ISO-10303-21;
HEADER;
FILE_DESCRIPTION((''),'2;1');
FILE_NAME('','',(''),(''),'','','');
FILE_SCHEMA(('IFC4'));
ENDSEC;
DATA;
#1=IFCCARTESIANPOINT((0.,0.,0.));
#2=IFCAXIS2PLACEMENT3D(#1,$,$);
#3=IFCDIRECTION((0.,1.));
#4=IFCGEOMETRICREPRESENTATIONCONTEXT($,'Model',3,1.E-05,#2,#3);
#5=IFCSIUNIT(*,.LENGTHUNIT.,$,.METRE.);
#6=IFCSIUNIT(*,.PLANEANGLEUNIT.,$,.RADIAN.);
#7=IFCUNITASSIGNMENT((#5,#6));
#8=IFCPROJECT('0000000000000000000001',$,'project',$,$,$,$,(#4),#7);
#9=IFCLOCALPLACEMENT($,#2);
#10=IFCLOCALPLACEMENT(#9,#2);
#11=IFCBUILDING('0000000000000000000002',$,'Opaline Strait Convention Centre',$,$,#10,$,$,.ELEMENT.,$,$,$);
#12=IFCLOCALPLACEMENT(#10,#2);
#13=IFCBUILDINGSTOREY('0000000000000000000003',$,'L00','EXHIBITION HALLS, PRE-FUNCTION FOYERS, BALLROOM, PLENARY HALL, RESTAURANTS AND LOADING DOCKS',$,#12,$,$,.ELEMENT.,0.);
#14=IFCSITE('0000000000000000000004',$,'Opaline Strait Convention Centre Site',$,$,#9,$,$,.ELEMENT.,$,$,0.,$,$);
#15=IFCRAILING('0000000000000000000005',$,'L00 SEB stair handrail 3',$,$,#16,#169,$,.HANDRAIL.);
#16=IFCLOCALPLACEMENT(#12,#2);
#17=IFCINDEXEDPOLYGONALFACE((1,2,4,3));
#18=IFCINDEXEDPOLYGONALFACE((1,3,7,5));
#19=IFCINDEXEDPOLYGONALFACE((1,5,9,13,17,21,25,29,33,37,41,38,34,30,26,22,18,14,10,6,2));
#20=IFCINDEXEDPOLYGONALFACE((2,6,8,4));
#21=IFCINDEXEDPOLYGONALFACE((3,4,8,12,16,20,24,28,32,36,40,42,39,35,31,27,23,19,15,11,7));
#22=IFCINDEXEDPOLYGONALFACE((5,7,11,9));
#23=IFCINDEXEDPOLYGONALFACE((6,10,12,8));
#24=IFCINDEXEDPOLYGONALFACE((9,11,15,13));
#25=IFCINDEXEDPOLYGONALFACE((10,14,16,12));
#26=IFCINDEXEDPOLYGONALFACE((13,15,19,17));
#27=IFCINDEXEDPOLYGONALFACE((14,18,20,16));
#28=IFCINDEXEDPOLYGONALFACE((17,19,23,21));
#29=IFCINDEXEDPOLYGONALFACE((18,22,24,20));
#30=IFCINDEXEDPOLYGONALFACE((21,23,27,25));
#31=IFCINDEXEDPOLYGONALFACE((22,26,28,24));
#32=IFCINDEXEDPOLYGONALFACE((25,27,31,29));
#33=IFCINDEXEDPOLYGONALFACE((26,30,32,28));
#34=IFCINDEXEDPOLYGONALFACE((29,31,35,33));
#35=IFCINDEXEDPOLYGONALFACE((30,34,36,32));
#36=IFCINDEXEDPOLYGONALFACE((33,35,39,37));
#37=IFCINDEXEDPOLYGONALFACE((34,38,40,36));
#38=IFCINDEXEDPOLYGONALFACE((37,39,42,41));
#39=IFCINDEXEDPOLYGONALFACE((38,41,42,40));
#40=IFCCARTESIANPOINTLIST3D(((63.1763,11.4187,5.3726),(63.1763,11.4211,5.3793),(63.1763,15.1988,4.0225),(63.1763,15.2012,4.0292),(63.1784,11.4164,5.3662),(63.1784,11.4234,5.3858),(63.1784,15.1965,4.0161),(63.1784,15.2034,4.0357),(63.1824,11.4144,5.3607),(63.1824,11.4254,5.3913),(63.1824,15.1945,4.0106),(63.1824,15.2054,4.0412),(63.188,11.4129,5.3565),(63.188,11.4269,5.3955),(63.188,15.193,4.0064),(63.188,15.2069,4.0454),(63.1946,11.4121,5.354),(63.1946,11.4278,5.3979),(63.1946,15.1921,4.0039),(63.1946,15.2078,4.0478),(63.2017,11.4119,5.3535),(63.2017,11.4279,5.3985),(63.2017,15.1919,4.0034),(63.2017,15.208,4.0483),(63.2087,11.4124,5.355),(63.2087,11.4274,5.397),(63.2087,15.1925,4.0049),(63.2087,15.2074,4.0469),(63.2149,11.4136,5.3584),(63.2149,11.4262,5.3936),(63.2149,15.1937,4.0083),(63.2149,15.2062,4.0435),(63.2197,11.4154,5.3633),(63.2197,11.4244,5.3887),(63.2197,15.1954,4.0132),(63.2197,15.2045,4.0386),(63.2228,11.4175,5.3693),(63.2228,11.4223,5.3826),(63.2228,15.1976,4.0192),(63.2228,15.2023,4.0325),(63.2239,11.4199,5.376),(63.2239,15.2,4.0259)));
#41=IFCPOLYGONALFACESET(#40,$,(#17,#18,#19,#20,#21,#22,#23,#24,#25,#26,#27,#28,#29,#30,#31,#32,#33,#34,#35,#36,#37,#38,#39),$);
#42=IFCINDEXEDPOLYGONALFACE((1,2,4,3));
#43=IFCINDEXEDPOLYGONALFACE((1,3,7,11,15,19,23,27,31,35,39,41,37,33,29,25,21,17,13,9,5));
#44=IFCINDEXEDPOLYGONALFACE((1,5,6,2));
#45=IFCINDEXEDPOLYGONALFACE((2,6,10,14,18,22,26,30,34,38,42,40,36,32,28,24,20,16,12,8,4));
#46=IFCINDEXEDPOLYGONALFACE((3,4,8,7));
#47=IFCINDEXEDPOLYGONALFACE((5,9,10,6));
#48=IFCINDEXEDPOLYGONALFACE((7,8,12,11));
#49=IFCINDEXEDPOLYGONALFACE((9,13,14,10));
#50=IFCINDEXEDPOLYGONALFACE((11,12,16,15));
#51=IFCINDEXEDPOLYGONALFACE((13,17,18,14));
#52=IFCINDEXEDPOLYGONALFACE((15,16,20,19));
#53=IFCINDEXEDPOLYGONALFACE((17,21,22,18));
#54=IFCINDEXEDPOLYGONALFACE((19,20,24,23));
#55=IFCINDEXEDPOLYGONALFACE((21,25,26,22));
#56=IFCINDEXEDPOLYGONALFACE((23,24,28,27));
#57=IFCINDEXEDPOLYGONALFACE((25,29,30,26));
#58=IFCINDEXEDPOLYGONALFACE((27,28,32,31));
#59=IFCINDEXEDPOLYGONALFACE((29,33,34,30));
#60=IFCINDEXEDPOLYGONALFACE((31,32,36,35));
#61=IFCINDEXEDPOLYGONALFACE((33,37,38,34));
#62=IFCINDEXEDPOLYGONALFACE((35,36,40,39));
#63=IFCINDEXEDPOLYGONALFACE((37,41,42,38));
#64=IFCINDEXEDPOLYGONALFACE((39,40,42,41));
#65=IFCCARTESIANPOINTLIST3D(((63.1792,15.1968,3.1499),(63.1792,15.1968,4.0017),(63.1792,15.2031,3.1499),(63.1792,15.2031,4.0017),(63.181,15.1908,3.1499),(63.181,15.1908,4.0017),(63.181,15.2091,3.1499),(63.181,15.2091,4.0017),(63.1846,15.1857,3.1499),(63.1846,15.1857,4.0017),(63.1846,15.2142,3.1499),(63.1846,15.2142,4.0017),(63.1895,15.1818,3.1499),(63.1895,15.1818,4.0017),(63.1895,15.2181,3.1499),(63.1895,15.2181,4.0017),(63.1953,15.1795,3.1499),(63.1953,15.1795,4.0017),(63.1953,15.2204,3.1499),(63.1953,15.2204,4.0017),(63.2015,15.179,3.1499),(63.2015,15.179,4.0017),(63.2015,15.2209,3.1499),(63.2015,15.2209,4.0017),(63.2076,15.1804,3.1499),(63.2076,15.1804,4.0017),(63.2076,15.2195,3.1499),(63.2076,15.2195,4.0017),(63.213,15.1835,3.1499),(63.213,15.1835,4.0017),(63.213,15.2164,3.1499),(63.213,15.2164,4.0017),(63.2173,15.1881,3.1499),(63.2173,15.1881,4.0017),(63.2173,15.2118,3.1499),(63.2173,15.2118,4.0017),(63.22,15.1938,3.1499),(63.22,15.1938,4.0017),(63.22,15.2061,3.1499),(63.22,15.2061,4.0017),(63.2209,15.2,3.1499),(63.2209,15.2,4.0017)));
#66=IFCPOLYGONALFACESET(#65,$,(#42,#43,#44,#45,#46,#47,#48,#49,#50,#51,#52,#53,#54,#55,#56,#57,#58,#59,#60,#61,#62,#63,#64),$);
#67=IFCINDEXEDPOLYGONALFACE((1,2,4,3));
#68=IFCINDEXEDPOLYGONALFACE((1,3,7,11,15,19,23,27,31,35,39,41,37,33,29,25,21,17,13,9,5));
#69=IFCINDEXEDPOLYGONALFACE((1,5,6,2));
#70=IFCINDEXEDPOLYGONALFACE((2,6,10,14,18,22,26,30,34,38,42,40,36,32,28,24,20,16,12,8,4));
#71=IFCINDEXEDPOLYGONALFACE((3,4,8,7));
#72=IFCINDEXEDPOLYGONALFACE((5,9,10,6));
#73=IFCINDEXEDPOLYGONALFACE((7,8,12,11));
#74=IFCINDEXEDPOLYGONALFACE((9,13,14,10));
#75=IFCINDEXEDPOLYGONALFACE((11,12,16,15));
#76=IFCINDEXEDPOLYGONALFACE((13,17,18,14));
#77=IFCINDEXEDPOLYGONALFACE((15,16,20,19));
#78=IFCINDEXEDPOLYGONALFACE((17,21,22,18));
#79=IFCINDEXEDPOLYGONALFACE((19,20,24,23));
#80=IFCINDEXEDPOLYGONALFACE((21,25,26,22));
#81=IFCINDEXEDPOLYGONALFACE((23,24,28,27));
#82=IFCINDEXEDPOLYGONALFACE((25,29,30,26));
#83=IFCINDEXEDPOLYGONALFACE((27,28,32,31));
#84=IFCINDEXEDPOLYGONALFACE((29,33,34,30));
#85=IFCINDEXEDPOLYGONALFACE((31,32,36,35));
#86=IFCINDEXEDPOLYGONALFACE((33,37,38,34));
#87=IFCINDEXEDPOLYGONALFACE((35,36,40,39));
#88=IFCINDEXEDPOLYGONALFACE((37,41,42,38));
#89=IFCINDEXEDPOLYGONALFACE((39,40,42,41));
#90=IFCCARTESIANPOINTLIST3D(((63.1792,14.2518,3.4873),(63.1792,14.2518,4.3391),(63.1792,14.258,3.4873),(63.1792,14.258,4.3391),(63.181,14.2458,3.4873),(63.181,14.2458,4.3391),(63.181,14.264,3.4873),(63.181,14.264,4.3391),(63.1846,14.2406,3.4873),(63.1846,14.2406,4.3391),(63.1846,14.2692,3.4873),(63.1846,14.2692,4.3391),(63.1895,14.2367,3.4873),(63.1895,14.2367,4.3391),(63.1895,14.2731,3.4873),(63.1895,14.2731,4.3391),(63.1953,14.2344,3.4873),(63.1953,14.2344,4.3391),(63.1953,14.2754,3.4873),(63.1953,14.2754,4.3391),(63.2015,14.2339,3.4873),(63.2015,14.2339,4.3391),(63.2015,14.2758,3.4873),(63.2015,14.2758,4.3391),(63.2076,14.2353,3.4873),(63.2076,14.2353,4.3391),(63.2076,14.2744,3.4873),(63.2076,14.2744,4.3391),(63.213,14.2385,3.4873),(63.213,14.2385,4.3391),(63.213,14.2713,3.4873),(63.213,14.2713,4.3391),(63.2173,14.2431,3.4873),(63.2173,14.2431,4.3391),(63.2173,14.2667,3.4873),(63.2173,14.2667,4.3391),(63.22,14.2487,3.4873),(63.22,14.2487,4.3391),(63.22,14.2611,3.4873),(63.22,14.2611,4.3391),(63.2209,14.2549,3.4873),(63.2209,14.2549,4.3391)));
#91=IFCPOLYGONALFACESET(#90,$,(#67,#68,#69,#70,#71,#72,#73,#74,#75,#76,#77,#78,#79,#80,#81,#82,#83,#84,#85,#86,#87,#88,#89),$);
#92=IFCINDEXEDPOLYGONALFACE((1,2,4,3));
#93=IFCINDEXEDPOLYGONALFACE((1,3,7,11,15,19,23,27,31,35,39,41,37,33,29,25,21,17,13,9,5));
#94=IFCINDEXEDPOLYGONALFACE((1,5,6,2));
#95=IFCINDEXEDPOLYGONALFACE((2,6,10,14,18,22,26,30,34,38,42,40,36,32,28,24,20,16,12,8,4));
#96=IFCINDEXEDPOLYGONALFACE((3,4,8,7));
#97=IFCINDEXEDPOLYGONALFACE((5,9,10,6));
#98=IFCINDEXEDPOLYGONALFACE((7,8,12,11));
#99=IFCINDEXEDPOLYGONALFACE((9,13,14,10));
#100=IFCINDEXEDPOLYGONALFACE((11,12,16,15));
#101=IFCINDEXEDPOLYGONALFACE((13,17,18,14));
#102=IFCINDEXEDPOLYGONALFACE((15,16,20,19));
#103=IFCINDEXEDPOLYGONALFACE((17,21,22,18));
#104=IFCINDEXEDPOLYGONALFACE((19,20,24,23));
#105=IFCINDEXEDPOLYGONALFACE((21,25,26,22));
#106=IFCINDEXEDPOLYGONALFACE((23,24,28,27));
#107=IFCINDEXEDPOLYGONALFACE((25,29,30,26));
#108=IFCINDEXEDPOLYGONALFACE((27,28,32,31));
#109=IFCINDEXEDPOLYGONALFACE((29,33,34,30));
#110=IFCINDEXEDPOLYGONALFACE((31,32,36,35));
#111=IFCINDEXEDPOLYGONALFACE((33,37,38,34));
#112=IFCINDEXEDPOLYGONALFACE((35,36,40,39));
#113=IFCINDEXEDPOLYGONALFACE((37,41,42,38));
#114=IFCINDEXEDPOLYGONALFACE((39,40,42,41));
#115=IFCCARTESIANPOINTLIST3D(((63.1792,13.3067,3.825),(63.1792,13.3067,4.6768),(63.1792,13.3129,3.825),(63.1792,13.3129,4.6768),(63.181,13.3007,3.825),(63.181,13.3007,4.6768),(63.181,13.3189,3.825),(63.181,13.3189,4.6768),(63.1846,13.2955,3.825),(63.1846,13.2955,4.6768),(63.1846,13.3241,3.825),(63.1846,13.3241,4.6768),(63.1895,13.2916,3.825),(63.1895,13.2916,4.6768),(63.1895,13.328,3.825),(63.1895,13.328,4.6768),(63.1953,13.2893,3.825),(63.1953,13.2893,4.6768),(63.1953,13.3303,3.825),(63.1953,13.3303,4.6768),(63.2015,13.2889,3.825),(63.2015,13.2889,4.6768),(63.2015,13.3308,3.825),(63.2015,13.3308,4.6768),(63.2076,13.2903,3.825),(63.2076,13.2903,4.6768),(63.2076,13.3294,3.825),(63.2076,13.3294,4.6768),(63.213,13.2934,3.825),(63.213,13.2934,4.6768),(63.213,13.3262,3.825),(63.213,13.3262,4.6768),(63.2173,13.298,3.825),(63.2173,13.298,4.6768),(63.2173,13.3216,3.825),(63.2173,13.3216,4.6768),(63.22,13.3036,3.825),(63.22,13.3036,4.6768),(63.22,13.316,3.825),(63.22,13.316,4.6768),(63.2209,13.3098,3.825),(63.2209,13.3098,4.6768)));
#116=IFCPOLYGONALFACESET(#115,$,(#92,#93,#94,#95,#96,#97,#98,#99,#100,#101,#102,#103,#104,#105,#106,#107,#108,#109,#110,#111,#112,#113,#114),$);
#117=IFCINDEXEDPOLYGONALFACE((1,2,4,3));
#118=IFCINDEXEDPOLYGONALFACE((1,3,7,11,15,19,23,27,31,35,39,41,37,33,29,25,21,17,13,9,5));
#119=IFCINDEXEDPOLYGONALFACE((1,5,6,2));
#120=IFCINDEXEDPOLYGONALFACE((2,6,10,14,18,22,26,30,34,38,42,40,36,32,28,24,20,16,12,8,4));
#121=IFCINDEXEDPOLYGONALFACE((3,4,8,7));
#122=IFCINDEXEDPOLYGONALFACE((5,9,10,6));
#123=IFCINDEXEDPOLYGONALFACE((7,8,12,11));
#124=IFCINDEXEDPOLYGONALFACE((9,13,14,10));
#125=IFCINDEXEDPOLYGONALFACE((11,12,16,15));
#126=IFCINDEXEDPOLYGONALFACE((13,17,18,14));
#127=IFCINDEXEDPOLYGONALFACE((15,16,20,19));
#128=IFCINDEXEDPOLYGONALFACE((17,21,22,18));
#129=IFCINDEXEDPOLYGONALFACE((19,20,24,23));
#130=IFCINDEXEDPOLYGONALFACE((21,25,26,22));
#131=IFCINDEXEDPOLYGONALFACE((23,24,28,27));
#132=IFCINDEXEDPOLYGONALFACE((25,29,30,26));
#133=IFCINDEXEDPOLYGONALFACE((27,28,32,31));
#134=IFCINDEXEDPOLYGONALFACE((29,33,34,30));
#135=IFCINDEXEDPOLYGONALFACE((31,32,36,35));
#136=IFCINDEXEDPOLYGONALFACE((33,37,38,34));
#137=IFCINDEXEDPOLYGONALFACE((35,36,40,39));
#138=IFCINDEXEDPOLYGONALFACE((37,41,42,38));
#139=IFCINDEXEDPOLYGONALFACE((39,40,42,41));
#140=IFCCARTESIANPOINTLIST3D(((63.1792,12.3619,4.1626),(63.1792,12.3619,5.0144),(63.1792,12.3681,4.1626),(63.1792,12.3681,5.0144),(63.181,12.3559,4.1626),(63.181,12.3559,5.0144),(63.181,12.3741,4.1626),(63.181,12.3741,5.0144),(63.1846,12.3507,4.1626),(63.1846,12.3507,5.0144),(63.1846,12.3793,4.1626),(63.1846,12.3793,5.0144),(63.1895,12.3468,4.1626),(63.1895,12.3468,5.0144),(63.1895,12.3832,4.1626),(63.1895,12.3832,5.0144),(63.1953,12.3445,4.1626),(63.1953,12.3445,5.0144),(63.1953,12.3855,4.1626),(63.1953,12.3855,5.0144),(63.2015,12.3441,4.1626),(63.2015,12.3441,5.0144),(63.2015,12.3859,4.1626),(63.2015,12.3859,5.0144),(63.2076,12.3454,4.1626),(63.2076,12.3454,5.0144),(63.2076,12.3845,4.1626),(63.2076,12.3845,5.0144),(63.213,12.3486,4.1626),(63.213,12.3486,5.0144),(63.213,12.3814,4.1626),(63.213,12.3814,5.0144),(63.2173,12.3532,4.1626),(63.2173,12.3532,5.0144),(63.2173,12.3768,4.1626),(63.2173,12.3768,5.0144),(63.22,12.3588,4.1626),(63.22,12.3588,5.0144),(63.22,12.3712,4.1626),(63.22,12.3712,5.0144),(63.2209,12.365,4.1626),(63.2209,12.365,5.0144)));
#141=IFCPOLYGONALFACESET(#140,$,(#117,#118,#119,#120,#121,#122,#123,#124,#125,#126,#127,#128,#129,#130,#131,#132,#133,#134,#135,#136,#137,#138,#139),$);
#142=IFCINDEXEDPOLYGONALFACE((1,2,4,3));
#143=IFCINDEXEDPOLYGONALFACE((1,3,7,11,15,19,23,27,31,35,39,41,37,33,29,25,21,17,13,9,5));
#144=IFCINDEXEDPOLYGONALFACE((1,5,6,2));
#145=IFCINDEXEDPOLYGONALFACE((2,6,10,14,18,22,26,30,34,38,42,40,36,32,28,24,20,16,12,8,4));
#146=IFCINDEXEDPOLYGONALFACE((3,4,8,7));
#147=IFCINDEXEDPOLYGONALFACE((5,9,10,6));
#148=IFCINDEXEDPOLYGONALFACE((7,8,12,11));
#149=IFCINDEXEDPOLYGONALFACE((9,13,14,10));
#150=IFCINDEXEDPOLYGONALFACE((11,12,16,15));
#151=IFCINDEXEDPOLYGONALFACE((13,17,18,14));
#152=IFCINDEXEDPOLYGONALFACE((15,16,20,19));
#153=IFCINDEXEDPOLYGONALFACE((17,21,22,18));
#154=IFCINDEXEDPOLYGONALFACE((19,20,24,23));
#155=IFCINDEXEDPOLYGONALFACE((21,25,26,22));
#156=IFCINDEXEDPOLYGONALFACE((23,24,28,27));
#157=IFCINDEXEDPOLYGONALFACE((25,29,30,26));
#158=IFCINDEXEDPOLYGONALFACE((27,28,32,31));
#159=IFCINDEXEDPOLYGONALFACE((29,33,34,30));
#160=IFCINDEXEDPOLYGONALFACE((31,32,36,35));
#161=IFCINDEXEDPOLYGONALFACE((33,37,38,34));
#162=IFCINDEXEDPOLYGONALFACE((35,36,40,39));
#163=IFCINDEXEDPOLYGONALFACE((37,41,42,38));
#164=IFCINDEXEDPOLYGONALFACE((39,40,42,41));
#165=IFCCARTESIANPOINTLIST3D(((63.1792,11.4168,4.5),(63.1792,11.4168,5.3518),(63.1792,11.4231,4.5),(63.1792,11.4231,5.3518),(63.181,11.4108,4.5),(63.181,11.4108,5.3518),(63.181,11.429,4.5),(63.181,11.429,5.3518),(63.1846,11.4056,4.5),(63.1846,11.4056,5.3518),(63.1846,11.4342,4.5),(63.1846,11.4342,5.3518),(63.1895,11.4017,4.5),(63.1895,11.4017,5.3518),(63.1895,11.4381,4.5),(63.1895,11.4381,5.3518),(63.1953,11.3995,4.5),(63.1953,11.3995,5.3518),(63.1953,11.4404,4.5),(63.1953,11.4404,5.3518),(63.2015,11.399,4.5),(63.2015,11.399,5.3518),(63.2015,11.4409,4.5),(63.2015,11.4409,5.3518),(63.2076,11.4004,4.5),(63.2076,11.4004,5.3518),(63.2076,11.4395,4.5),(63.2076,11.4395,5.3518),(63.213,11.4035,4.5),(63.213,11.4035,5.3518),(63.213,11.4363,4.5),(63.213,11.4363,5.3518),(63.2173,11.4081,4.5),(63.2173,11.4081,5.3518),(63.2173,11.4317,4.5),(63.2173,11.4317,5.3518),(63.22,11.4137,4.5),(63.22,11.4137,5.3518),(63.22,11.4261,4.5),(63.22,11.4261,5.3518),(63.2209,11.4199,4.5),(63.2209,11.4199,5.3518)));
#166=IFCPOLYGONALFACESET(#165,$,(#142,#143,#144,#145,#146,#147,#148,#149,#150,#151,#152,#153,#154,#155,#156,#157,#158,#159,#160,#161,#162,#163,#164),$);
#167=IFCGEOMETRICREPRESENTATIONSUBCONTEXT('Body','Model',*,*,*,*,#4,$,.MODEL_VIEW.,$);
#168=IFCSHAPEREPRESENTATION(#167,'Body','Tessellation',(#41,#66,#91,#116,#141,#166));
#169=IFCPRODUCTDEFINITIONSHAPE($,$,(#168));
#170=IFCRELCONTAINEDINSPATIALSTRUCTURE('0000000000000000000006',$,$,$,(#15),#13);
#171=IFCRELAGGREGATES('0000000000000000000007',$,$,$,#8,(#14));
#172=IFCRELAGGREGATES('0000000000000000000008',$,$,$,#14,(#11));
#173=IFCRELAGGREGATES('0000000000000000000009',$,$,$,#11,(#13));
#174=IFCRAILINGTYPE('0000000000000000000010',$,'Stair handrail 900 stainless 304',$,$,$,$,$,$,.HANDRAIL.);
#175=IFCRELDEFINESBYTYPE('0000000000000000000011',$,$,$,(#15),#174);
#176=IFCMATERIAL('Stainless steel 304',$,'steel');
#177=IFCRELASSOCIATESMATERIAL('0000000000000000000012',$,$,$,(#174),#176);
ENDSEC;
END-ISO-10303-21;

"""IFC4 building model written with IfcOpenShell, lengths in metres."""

from ifc_helpers import new_model, si_unit, direction, frame, origin, origin_2d, place, context, subcontext, project, spatial, circle, extrude, material, type_object, element, save


model = new_model("IFC4")

# Units and contexts
model_context = context("Model", 3, precision=1e-05, world=origin(), true_north=direction((0.0, 1.0)))
body_context = subcontext(model_context, "Body", "Model", "MODEL_VIEW")
ifc_project = project(units=[si_unit("LENGTHUNIT", "METRE"), si_unit("PLANEANGLEUNIT", "RADIAN")], contexts=[model_context])

# Site, building, storey
site_placement = place(None, origin())
site = spatial("IfcSite", under=ifc_project, at=site_placement, Name="Opaline Strait Convention Centre Site", CompositionType="ELEMENT", RefElevation=0.0)
building_placement = place(site_placement, origin())
building = spatial("IfcBuilding", under=site, at=building_placement, Name="Opaline Strait Convention Centre", CompositionType="ELEMENT")
storey_placement = place(building_placement, origin())
storey = spatial("IfcBuildingStorey", under=building, at=storey_placement, Name="L00", Description="EXHIBITION HALLS, PRE-FUNCTION FOYERS, BALLROOM, PLENARY HALL, RESTAURANTS AND LOADING DOCKS", CompositionType="ELEMENT", Elevation=0.0)

# Railing
ifc_material_1 = material(Name="Stainless steel 304", Category="steel")
railing_type_1 = type_object("IfcRailingType", Name="Stair handrail 900 stainless 304", PredefinedType="HANDRAIL", material=ifc_material_1)
railing_1_placement = place(storey_placement, frame((63.2, 15.2, 3.1499)))
element("IfcRailing", 1, at=railing_1_placement, inside=storey, type_object=railing_type_1, Name="L00 SEB stair handrail 3", PredefinedType="HANDRAIL", context=body_context, shape_type="SweptSolid", body=[
    extrude(circle(Radius=0.0239, at=origin_2d()), frame((0.0, 0.0, 0.876), z_axis=(0.0, -0.941735, 0.336356), x_axis=(1.0, 0.0, 0.0)), (0.0, 0.0, 1.0), 4.0139),
    extrude(circle(Radius=0.021, at=origin_2d()), origin(), (0.0, 0.0, 1.0), 0.8518),
    extrude(circle(Radius=0.021, at=origin_2d()), frame((0.0, -0.9451, 0.3374)), (0.0, 0.0, 1.0), 0.8518),
    extrude(circle(Radius=0.021, at=origin_2d()), frame((0.0, -1.8901, 0.675)), (0.0, 0.0, 1.0), 0.8518),
    extrude(circle(Radius=0.021, at=origin_2d()), frame((0.0, -2.835, 1.0127)), (0.0, 0.0, 1.0), 0.8518),
    extrude(circle(Radius=0.021, at=origin_2d()), frame((0.0, -3.78, 1.3501)), (0.0, 0.0, 1.0), 0.8518),
])

save(model, "model.ifc")
